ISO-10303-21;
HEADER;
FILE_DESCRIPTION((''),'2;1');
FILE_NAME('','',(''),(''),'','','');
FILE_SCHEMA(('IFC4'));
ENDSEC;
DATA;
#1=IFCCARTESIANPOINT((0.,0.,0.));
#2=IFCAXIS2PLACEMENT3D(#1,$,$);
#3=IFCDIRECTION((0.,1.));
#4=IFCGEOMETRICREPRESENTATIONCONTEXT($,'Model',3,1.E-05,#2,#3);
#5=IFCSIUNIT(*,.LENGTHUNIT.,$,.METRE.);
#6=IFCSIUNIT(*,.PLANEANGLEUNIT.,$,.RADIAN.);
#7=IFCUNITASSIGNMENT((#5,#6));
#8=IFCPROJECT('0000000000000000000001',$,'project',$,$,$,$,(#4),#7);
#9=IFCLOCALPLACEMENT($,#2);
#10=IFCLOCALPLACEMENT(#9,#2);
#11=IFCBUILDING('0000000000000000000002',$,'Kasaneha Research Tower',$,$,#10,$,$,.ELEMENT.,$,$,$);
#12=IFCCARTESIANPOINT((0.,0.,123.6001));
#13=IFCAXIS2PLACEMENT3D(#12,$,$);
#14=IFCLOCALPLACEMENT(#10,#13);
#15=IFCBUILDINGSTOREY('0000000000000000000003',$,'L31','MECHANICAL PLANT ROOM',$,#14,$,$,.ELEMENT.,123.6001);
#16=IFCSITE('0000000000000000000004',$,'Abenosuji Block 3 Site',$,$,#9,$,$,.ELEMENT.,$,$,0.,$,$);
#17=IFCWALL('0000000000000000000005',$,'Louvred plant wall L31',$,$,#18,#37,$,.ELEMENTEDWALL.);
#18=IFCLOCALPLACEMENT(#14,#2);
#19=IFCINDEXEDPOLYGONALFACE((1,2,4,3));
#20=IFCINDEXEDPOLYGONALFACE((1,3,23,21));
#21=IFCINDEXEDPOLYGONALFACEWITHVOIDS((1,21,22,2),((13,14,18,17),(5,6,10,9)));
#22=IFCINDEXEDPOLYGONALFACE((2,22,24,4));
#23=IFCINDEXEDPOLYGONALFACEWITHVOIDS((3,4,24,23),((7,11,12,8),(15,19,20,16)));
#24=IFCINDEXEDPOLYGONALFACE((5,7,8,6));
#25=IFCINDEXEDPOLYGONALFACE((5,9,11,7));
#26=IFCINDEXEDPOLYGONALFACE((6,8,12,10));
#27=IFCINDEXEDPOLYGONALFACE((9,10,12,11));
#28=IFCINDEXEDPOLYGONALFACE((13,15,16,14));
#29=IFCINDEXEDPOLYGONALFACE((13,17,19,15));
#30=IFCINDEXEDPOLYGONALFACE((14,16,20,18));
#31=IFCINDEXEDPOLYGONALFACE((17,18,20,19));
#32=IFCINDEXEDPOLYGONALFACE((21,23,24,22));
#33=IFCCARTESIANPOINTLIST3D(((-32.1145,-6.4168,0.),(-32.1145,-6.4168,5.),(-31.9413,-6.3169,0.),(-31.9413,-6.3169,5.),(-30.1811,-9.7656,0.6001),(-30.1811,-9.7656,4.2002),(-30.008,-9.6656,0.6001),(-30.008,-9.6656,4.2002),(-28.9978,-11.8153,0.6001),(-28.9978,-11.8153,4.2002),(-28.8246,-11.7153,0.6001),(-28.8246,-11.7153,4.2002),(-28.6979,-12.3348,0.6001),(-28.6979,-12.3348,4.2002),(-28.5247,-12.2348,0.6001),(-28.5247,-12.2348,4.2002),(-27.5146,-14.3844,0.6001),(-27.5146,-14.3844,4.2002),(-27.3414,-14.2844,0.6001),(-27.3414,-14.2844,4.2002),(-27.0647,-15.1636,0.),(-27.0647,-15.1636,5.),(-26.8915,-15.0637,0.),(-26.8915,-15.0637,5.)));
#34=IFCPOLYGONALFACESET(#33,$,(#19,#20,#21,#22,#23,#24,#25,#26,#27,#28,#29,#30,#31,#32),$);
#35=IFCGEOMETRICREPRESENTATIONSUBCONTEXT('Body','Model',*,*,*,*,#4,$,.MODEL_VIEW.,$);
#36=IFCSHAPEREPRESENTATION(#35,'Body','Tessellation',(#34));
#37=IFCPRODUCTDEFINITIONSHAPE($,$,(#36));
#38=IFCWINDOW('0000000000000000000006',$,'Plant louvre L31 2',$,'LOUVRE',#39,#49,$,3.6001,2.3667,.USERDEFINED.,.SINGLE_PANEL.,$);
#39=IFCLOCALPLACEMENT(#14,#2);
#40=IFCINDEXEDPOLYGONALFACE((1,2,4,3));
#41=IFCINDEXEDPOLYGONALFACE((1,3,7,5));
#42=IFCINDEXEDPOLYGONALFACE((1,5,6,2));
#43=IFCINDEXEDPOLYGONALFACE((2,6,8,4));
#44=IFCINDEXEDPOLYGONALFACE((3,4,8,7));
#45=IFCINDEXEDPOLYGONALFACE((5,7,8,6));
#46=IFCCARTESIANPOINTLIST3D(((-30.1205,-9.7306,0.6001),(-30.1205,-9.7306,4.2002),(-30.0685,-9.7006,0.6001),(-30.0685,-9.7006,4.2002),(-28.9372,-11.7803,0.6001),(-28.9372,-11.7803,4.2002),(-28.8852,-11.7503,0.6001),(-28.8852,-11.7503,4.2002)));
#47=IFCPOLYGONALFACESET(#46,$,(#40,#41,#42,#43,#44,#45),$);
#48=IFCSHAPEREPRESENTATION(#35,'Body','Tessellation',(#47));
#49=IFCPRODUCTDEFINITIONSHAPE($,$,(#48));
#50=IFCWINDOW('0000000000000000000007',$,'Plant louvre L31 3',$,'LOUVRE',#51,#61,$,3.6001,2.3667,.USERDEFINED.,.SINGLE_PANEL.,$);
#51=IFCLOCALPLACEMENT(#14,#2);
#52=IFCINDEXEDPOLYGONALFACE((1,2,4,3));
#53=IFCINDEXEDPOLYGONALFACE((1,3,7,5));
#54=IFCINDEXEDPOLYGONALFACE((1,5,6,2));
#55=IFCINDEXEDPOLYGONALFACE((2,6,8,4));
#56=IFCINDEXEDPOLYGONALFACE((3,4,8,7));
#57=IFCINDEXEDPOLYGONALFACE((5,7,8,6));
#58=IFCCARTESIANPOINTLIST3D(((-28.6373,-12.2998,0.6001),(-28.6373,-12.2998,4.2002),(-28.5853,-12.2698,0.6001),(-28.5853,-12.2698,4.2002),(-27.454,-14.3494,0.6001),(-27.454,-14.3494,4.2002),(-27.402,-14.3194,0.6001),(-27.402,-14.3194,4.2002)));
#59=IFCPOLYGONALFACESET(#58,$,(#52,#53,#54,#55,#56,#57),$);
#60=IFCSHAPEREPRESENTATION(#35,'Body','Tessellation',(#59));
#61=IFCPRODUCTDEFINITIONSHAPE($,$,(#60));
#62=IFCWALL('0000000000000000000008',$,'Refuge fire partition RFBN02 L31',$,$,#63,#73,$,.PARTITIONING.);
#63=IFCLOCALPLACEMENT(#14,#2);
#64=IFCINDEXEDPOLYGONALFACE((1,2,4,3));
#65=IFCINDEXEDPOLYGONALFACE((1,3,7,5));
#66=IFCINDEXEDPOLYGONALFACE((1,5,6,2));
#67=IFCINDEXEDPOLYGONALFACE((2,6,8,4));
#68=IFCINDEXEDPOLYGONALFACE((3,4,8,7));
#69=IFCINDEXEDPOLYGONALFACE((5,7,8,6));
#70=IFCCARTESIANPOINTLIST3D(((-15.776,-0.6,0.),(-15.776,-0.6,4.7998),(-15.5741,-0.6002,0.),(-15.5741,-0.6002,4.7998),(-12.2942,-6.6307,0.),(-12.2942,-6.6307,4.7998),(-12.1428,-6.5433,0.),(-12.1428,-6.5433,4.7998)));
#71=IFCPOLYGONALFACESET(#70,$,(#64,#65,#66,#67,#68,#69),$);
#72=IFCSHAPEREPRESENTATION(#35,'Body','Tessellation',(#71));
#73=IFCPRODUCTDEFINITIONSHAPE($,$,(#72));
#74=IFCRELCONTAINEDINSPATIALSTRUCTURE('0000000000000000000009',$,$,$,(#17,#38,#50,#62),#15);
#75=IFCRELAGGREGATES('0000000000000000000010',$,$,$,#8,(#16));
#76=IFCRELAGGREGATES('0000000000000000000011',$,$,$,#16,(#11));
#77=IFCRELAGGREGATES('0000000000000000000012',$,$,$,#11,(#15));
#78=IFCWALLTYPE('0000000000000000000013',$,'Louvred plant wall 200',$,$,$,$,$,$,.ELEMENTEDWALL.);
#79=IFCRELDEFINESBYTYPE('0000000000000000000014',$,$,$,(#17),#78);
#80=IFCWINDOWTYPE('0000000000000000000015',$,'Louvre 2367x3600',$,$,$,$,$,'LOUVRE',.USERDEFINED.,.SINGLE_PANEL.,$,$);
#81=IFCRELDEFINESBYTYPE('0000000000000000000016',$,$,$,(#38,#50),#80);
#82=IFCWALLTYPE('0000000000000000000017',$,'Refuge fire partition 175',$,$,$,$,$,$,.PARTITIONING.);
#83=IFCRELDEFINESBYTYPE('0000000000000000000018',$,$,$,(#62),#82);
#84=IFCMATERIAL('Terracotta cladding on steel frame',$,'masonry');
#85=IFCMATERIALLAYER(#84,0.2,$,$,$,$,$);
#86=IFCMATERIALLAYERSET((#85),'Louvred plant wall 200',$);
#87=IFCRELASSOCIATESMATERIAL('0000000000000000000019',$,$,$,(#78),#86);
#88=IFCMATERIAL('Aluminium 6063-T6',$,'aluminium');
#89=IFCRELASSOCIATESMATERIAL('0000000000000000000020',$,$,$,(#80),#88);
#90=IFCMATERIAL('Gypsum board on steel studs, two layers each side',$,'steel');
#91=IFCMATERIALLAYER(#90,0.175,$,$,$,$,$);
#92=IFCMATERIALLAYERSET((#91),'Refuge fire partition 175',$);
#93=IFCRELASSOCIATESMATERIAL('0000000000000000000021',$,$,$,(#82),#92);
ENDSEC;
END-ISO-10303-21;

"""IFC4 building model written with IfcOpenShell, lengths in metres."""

from ifc_helpers import new_model, si_unit, direction, frame, frame_2d, origin, place, context, subcontext, project, spatial, polyline, rectangle, outline, extrude, material, layer, layer_set, type_object, element, fill, save


model = new_model("IFC4")

# Units and contexts
model_context = context("Model", 3, precision=1e-05, world=origin(), true_north=direction((0.0, 1.0)))
body_context = subcontext(model_context, "Body", "Model", "MODEL_VIEW")
ifc_project = project(units=[si_unit("LENGTHUNIT", "METRE"), si_unit("PLANEANGLEUNIT", "RADIAN")], contexts=[model_context])

# Site, building, storey
site_placement = place(None, origin())
site = spatial("IfcSite", under=ifc_project, at=site_placement, Name="Abenosuji Block 3 Site", CompositionType="ELEMENT", RefElevation=0.0)
building_placement = place(site_placement, origin())
building = spatial("IfcBuilding", under=site, at=building_placement, Name="Kasaneha Research Tower", CompositionType="ELEMENT")
storey_placement = place(building_placement, frame((0.0, 0.0, 123.6001)))
storey = spatial("IfcBuildingStorey", under=building, at=storey_placement, Name="L31", Description="MECHANICAL PLANT ROOM", CompositionType="ELEMENT", Elevation=123.6001)

# Wall, openings, windows
ifc_material_1 = material(Name="Terracotta cladding on steel frame", Category="masonry")
ifc_layer_1 = layer(ifc_material_1, 0.2)
ifc_layer_set_1 = layer_set([ifc_layer_1], Name="Louvred plant wall 200")
wall_type_1 = type_object("IfcWallType", Name="Louvred plant wall 200", PredefinedType="ELEMENTEDWALL", material=ifc_layer_set_1)
wall_1_placement = place(storey_placement, frame((-32.0278, -6.3669, 0.0), z_axis=(0.0, 0.0, 1.0), x_axis=(0.499987, -0.866033, 0.0)))
wall_1 = element("IfcWall", 1, at=wall_1_placement, inside=storey, type_object=wall_type_1, Name="Louvred plant wall L31", PredefinedType="ELEMENTEDWALL", context=body_context, shape_type="SweptSolid", body=[
    extrude(rectangle(XDim=10.0999, YDim=0.2, at=frame_2d((5.0498, 0.0))), origin(), (0.0, 0.0, 1.0), 5.0),
])
opening_1_placement = place(wall_1_placement, frame((3.8667, 0.0, 0.6001)))
opening_1 = element("IfcOpeningElement", 2, at=opening_1_placement, cuts=wall_1, PredefinedType="OPENING", context=body_context, shape_type="SweptSolid", body=[
    extrude(rectangle(XDim=2.3667, YDim=3.6001, at=frame_2d((1.1833, 1.8))), frame((0.0, 0.1099, 0.0), z_axis=(0.0, -1.0, 0.0), x_axis=(1.0, 0.0, 0.0)), (0.0, 0.0, 1.0), 0.22),
])
opening_2_placement = place(wall_1_placement, frame((6.8333, 0.0, 0.6001)))
opening_2 = element("IfcOpeningElement", 3, at=opening_2_placement, cuts=wall_1, PredefinedType="OPENING", context=body_context, shape_type="SweptSolid", body=[
    extrude(rectangle(XDim=2.3667, YDim=3.6001, at=frame_2d((1.1833, 1.8))), frame((0.0, 0.1099, 0.0), z_axis=(0.0, -1.0, 0.0), x_axis=(1.0, 0.0, 0.0)), (0.0, 0.0, 1.0), 0.22),
])
ifc_material_2 = material(Name="Aluminium 6063-T6", Category="aluminium")
window_type = type_object("IfcWindowType", Name="Louvre 2367x3600", ElementType="LOUVRE", PartitioningType="SINGLE_PANEL", PredefinedType="USERDEFINED", material=ifc_material_2)
window_1_placement = place(opening_1_placement, origin())
window_1 = element("IfcWindow", 4, at=window_1_placement, inside=storey, type_object=window_type, Name="Plant louvre L31 2", ObjectType="LOUVRE", OverallHeight=3.6001, OverallWidth=2.3667, PartitioningType="SINGLE_PANEL", PredefinedType="USERDEFINED", context=body_context, shape_type="SweptSolid", body=[
    extrude(rectangle(XDim=2.3667, YDim=3.6001, at=frame_2d((1.1833, 1.8))), frame((0.0, 0.03, 0.0), z_axis=(0.0, -1.0, 0.0), x_axis=(1.0, 0.0, 0.0)), (0.0, 0.0, 1.0), 0.0601),
])
fill(opening_1, window_1)
window_2_placement = place(opening_2_placement, origin())
window_2 = element("IfcWindow", 5, at=window_2_placement, inside=storey, type_object=window_type, Name="Plant louvre L31 3", ObjectType="LOUVRE", OverallHeight=3.6001, OverallWidth=2.3667, PartitioningType="SINGLE_PANEL", PredefinedType="USERDEFINED", context=body_context, shape_type="SweptSolid", body=[
    extrude(rectangle(XDim=2.3667, YDim=3.6001, at=frame_2d((1.1833, 1.8))), frame((0.0, 0.03, 0.0), z_axis=(0.0, -1.0, 0.0), x_axis=(1.0, 0.0, 0.0)), (0.0, 0.0, 1.0), 0.0601),
])
fill(opening_2, window_2)

# Wall
ifc_material_3 = material(Name="Gypsum board on steel studs, two layers each side", Category="steel")
ifc_layer_2 = layer(ifc_material_3, 0.175)
ifc_layer_set_2 = layer_set([ifc_layer_2], Name="Refuge fire partition 175")
wall_type_2 = type_object("IfcWallType", Name="Refuge fire partition 175", PredefinedType="PARTITIONING", material=ifc_layer_set_2)
wall_2_placement = place(storey_placement, frame((-15.675, -0.6001, 0.0), z_axis=(0.0, 0.0, 1.0), x_axis=(0.500006, -0.866022, 0.0)))
element("IfcWall", 6, at=wall_2_placement, inside=storey, type_object=wall_type_2, Name="Refuge fire partition RFBN02 L31", PredefinedType="PARTITIONING", context=body_context, shape_type="SweptSolid", body=[
    extrude(outline(polyline([(-0.0505, -0.0874), (6.9131, -0.0874), (6.9131, 0.0874), (0.0505, 0.0874), (-0.0505, -0.0874)])), origin(), (0.0, 0.0, 1.0), 4.7998),
])

save(model, "model.ifc")
